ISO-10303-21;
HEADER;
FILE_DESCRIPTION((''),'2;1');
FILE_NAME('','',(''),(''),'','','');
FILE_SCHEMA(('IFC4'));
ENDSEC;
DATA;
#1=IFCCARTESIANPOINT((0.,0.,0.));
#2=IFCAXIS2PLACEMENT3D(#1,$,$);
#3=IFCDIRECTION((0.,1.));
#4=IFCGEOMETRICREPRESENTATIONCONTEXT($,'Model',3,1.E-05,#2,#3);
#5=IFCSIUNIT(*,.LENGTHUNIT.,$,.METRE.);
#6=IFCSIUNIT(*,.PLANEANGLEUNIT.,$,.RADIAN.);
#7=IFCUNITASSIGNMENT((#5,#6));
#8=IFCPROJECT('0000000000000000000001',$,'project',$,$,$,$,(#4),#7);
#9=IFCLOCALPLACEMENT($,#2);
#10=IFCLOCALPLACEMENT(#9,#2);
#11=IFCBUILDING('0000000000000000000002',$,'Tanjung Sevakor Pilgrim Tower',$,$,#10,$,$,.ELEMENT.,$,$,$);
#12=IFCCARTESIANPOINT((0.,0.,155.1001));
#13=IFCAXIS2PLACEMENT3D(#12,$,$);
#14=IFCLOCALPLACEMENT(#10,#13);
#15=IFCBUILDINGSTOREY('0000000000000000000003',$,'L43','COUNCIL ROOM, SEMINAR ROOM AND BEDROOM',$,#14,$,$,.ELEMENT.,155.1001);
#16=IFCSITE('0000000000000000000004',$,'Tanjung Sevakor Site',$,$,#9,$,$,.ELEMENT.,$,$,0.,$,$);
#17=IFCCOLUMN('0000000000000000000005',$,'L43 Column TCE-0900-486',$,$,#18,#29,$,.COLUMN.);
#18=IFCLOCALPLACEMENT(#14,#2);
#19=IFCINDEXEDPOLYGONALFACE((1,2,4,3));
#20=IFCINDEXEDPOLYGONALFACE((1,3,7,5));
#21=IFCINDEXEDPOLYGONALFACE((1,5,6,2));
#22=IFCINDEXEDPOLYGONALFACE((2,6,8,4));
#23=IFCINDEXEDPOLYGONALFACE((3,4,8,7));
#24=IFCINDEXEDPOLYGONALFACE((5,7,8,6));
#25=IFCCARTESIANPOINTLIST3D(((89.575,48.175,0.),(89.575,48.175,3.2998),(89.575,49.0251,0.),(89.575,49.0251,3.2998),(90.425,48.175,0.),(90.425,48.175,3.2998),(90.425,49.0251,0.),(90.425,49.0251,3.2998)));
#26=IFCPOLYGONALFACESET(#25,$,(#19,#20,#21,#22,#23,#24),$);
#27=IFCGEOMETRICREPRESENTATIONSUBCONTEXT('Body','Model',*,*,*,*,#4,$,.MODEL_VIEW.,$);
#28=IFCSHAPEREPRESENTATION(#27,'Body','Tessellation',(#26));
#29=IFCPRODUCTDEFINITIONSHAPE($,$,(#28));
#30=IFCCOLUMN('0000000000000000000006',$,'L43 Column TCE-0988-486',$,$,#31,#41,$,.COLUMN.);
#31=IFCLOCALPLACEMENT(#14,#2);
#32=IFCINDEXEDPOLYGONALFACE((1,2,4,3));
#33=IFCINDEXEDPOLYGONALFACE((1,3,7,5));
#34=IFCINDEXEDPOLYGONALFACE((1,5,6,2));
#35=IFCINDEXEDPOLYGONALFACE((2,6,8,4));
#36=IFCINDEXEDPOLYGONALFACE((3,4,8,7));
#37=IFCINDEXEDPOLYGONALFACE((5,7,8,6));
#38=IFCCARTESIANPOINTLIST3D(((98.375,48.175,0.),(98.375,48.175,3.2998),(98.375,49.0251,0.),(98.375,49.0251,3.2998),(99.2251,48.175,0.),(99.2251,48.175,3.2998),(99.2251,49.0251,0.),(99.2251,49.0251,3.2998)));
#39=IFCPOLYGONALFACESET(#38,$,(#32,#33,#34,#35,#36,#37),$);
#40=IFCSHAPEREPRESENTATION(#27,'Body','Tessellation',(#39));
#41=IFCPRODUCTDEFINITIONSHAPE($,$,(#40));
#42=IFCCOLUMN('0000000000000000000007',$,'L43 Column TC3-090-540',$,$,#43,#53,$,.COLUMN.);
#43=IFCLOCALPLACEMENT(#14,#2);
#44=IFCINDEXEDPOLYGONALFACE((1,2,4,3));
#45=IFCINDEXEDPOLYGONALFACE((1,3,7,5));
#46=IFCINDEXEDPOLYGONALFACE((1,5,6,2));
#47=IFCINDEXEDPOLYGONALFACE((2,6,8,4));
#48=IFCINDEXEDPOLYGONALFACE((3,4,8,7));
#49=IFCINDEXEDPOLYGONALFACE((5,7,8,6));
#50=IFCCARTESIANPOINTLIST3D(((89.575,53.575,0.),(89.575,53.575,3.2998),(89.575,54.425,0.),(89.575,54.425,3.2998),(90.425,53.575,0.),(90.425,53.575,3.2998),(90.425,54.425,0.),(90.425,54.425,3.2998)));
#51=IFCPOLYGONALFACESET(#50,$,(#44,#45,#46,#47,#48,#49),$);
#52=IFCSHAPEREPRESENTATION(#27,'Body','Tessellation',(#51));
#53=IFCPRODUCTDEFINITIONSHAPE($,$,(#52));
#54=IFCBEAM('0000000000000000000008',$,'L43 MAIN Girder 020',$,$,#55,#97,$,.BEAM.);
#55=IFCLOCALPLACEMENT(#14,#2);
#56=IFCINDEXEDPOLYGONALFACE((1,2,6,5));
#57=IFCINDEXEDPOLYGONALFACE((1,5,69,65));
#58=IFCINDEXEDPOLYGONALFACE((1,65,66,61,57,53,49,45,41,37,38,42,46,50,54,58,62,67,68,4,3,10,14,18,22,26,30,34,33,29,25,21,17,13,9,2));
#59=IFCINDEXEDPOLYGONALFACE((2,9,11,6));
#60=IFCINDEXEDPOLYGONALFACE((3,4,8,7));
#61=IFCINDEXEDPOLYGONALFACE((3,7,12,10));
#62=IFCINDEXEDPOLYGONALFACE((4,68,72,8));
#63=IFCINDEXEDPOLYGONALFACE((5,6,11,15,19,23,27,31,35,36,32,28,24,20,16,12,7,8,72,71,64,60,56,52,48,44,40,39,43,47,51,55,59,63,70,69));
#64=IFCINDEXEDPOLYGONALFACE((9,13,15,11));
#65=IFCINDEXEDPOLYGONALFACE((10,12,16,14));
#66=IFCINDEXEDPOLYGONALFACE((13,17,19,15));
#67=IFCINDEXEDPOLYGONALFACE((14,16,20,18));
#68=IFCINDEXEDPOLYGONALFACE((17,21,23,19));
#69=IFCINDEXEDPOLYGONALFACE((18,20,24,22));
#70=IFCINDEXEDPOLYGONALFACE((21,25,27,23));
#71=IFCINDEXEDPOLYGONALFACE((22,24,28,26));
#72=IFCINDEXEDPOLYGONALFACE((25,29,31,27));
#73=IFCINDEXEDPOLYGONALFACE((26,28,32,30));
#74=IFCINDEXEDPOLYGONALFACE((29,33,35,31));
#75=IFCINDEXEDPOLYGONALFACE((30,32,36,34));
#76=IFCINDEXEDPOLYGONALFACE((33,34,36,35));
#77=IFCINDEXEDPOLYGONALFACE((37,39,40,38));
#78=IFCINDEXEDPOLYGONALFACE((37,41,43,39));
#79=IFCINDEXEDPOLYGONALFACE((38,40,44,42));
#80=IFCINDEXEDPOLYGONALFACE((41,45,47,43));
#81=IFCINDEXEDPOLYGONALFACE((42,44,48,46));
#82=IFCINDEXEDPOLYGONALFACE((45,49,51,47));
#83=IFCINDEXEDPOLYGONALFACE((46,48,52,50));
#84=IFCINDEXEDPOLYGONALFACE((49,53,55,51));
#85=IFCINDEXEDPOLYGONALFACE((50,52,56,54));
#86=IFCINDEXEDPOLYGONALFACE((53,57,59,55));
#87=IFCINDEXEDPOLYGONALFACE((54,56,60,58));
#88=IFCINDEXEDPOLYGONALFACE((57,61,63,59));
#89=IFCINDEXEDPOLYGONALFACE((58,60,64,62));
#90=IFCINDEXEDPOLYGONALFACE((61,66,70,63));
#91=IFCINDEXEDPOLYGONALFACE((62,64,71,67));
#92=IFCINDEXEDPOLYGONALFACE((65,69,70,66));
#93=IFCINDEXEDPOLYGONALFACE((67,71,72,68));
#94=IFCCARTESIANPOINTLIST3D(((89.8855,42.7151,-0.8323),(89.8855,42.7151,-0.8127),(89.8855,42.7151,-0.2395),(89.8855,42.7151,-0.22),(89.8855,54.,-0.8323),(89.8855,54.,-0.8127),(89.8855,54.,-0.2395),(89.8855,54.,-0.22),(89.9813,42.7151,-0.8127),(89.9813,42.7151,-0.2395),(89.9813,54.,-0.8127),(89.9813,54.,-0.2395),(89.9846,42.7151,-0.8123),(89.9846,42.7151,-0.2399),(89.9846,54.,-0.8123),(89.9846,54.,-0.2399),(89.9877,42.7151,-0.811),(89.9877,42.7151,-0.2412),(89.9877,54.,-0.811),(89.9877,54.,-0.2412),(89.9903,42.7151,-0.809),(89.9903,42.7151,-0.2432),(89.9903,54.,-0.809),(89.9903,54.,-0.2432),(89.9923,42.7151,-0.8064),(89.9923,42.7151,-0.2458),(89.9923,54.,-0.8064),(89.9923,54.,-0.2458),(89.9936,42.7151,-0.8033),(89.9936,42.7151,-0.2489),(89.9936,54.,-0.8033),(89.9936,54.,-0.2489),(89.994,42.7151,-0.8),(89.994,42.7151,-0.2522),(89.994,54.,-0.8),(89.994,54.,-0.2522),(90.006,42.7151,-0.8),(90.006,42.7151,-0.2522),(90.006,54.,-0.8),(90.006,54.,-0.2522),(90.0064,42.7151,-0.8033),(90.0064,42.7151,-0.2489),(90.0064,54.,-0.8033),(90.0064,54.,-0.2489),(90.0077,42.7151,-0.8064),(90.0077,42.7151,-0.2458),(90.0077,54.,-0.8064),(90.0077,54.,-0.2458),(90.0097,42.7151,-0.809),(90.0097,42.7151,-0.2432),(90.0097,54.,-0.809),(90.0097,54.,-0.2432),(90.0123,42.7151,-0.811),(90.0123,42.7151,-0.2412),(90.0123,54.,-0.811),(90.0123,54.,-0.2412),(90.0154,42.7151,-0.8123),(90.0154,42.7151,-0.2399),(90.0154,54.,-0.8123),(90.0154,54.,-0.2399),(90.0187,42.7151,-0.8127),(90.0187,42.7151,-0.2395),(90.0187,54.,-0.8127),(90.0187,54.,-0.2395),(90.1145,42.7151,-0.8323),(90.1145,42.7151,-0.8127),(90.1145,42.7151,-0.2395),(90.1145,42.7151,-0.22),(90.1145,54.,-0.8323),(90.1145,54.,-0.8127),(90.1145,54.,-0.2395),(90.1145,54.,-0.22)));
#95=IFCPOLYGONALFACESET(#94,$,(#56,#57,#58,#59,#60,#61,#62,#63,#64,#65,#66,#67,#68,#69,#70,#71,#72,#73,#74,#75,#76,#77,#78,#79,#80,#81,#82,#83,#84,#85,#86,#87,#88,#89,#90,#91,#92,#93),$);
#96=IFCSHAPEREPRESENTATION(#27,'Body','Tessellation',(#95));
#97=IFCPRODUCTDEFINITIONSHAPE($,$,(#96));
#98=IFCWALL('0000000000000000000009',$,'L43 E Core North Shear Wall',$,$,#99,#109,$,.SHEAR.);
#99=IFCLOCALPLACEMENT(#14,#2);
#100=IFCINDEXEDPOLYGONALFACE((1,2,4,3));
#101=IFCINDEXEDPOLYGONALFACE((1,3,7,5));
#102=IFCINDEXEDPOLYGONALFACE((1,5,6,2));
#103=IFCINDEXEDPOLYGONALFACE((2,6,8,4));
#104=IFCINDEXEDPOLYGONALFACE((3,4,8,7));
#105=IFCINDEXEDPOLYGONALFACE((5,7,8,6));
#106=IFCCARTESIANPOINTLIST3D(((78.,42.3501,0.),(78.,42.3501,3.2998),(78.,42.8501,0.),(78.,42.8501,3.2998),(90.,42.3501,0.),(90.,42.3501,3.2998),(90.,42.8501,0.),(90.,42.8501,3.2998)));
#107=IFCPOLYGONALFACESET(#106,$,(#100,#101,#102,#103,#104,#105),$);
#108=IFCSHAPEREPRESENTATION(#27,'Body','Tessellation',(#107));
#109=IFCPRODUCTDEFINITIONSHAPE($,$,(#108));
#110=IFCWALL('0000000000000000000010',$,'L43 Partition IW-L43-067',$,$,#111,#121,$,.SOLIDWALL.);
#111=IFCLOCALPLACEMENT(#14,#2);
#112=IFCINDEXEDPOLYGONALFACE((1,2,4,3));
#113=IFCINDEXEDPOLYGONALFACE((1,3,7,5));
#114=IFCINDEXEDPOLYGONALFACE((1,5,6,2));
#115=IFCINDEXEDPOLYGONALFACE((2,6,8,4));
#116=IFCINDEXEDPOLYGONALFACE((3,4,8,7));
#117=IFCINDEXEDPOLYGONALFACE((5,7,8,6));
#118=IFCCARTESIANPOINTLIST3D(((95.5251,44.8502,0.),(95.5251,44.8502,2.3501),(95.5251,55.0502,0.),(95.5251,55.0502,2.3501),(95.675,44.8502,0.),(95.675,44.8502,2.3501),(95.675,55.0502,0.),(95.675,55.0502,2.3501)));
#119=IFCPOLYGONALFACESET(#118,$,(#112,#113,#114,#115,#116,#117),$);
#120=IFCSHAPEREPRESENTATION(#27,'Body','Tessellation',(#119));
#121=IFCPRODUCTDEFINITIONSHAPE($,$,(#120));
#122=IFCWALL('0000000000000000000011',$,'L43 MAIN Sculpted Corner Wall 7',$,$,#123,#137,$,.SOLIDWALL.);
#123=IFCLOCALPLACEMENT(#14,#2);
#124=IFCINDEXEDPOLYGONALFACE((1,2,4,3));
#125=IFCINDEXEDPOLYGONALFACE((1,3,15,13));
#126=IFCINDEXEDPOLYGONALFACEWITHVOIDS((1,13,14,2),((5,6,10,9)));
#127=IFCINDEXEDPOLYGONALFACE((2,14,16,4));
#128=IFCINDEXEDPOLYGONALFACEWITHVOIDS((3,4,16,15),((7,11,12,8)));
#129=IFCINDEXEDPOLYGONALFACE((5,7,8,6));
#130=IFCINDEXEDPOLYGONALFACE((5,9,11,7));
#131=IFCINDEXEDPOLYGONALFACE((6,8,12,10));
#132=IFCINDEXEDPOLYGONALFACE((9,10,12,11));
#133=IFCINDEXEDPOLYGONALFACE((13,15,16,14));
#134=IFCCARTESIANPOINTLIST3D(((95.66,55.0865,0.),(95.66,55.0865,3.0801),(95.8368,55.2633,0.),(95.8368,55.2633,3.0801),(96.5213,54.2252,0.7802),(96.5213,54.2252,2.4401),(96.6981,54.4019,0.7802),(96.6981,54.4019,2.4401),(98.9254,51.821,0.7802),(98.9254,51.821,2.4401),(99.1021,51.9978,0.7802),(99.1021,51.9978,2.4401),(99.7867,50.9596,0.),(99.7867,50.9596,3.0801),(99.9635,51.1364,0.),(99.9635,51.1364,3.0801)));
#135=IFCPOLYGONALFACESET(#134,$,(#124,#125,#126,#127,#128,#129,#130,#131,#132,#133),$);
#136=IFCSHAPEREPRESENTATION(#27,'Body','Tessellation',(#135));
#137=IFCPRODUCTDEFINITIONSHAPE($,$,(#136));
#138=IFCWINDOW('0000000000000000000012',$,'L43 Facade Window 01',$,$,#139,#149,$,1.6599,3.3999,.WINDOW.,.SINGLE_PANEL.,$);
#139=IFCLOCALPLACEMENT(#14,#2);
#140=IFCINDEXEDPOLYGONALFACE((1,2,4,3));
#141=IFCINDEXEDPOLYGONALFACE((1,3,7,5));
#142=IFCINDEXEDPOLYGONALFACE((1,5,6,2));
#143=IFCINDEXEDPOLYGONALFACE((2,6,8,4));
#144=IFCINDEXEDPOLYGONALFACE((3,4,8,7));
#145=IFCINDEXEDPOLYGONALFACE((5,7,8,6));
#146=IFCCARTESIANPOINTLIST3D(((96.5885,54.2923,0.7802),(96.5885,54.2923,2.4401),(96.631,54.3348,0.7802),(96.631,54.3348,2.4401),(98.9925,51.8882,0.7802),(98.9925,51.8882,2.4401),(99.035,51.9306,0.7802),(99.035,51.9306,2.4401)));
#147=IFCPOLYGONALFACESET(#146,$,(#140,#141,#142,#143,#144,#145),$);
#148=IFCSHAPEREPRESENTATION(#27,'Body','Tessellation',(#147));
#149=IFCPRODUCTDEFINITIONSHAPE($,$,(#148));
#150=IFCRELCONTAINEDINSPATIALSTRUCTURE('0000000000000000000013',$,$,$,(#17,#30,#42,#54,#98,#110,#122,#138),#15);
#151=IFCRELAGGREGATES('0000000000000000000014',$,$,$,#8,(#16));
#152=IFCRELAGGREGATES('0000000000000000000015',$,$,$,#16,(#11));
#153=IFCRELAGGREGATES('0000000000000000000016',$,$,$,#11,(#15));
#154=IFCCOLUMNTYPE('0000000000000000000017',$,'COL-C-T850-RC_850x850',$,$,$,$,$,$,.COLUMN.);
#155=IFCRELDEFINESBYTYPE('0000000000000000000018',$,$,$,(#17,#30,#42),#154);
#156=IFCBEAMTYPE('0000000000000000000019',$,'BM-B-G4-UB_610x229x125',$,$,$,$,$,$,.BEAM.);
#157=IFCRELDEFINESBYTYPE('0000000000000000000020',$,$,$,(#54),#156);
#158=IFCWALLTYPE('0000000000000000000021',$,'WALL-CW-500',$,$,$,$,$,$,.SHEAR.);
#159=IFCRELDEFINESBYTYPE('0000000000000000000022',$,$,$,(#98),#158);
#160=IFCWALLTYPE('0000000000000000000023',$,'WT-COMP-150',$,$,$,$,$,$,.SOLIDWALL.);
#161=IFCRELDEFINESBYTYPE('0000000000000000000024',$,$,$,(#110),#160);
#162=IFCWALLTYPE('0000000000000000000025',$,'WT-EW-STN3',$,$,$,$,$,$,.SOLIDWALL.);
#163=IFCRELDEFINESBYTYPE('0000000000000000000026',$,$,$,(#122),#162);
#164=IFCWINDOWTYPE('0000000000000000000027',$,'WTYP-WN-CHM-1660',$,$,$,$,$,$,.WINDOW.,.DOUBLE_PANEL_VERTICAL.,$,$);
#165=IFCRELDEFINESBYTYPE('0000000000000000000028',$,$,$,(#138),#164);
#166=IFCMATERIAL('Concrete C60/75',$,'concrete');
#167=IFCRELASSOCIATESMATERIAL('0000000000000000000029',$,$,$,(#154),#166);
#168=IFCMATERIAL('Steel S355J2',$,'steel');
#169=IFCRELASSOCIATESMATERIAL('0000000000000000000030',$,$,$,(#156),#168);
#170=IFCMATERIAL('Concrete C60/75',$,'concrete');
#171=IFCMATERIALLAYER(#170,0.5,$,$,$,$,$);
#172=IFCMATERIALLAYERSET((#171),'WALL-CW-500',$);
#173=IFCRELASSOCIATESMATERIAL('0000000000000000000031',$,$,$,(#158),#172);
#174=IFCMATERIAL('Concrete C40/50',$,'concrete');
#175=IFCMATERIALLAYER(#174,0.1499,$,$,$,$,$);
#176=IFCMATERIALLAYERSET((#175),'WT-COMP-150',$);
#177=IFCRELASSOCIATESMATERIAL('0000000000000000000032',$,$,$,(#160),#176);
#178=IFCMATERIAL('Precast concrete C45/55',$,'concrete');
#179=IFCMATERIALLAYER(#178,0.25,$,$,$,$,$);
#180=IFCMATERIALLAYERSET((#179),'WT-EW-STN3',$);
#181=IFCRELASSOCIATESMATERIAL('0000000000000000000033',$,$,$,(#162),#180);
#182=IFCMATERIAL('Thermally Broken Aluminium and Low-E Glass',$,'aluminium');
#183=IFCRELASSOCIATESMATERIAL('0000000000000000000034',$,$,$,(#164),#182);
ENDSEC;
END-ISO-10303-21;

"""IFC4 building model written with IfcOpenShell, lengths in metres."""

from ifc_helpers import new_model, si_unit, direction, frame, frame_2d, origin, origin_2d, place, context, subcontext, project, spatial, rectangle, i_section, extrude, material, layer, layer_set, material_profile, profile_set, type_object, element, fill, save


model = new_model("IFC4")

# Units and contexts
model_context = context("Model", 3, precision=1e-05, world=origin(), true_north=direction((0.0, 1.0)))
body_context = subcontext(model_context, "Body", "Model", "MODEL_VIEW")
ifc_project = project(units=[si_unit("LENGTHUNIT", "METRE"), si_unit("PLANEANGLEUNIT", "RADIAN")], contexts=[model_context])

# Site, building, storey
site_placement = place(None, origin())
site = spatial("IfcSite", under=ifc_project, at=site_placement, Name="Tanjung Sevakor Site", CompositionType="ELEMENT", RefElevation=0.0)
building_placement = place(site_placement, origin())
building = spatial("IfcBuilding", under=site, at=building_placement, Name="Tanjung Sevakor Pilgrim Tower", CompositionType="ELEMENT")
storey_placement = place(building_placement, frame((0.0, 0.0, 155.1001)))
storey = spatial("IfcBuildingStorey", under=building, at=storey_placement, Name="L43", Description="COUNCIL ROOM, SEMINAR ROOM AND BEDROOM", CompositionType="ELEMENT", Elevation=155.1001)

# Columns
ifc_material_1 = material(Name="Concrete C60/75", Category="concrete")
ifc_material_profile_1 = material_profile(ifc_material_1, rectangle(XDim=0.8501, YDim=0.8501, at=origin_2d()))
ifc_profile_set_1 = profile_set([ifc_material_profile_1], Name="Concrete C60/75")
column_type = type_object("IfcColumnType", Name="COL-C-T850-RC_850x850", PredefinedType="COLUMN", material=ifc_profile_set_1)
for number, where, z_axis, x_axis, name in (
    (1, (90.0, 48.6001, 0.0), (0.0, 0.0, 1.0), (1.0, 0.0, 0.0), "L43 Column TCE-0900-486"),
    (2, (98.8, 48.6001, 0.0), (0.0, 0.0, 1.0), (1.0, 0.0, 0.0), "L43 Column TCE-0988-486"),
    (3, (90.0, 54.0, 0.0), (0.0, 0.0, 1.0), (1.0, 0.0, 0.0), "L43 Column TC3-090-540"),
):
    element("IfcColumn", number, at=place(storey_placement, frame(where, z_axis=z_axis, x_axis=x_axis)), inside=storey, type_object=column_type, Name=name, PredefinedType="COLUMN", context=body_context, shape_type="SweptSolid", body=[
        extrude(rectangle(XDim=0.8501, YDim=0.8501, at=origin_2d()), origin(), (0.0, 0.0, 1.0), 3.2998),
    ])

# Beam
ifc_material_2 = material(Name="Steel S355J2", Category="steel")
ifc_material_profile_2 = material_profile(ifc_material_2, i_section(OverallWidth=0.229, OverallDepth=0.6123, WebThickness=0.012, FlangeThickness=0.0195, FilletRadius=0.0127, at=origin_2d()))
ifc_profile_set_2 = profile_set([ifc_material_profile_2], Name="Steel S355J2")
beam_type = type_object("IfcBeamType", Name="BM-B-G4-UB_610x229x125", PredefinedType="BEAM", material=ifc_profile_set_2)
beam_placement = place(storey_placement, frame((90.0, 42.7151, -0.5261), z_axis=(0.0, 1.0, 0.0), x_axis=(-1.0, 0.0, 0.0)))
element("IfcBeam", 4, at=beam_placement, inside=storey, type_object=beam_type, Name="L43 MAIN Girder 020", PredefinedType="BEAM", context=body_context, shape_type="SweptSolid", body=[
    extrude(i_section(OverallWidth=0.229, OverallDepth=0.6123, WebThickness=0.012, FlangeThickness=0.0195, FilletRadius=0.0127, at=origin_2d()), origin(), (0.0, 0.0, 1.0), 11.2849),
])

# Walls
ifc_material_3 = material(Name="Concrete C60/75", Category="concrete")
ifc_layer_1 = layer(ifc_material_3, 0.5)
ifc_layer_set_1 = layer_set([ifc_layer_1], Name="WALL-CW-500")
wall_type_1 = type_object("IfcWallType", Name="WALL-CW-500", PredefinedType="SHEAR", material=ifc_layer_set_1)
wall_1_placement = place(storey_placement, frame((90.0, 42.6001, 0.0), z_axis=(0.0, 0.0, 1.0), x_axis=(-1.0, 0.0, 0.0)))
element("IfcWall", 5, at=wall_1_placement, inside=storey, type_object=wall_type_1, Name="L43 E Core North Shear Wall", PredefinedType="SHEAR", context=body_context, shape_type="SweptSolid", body=[
    extrude(rectangle(XDim=12.0, YDim=0.5, at=frame_2d((6.0, 0.0))), origin(), (0.0, 0.0, 1.0), 3.2998),
])
ifc_material_4 = material(Name="Concrete C40/50", Category="concrete")
ifc_layer_2 = layer(ifc_material_4, 0.1499)
ifc_layer_set_2 = layer_set([ifc_layer_2], Name="WT-COMP-150")
wall_type_2 = type_object("IfcWallType", Name="WT-COMP-150", PredefinedType="SOLIDWALL", material=ifc_layer_set_2)
wall_2_placement = place(storey_placement, frame((95.6001, 44.8501, 0.0), z_axis=(0.0, 0.0, 1.0), x_axis=(0.0, 1.0, 0.0)))
element("IfcWall", 6, at=wall_2_placement, inside=storey, type_object=wall_type_2, Name="L43 Partition IW-L43-067", PredefinedType="SOLIDWALL", context=body_context, shape_type="SweptSolid", body=[
    extrude(rectangle(XDim=10.2, YDim=0.1499, at=frame_2d((5.1001, 0.0))), origin(), (0.0, 0.0, 1.0), 2.3501),
])

# Wall, opening, window
ifc_material_5 = material(Name="Precast concrete C45/55", Category="concrete")
ifc_layer_3 = layer(ifc_material_5, 0.25)
ifc_layer_set_3 = layer_set([ifc_layer_3], Name="WT-EW-STN3")
wall_type_3 = type_object("IfcWallType", Name="WT-EW-STN3", PredefinedType="SOLIDWALL", material=ifc_layer_set_3)
wall_3_placement = place(storey_placement, frame((99.875, 51.0481, 0.0), z_axis=(0.0, 0.0, 1.0), x_axis=(-0.707086, 0.707128, 0.0)))
wall_3 = element("IfcWall", 7, at=wall_3_placement, inside=storey, type_object=wall_type_3, Name="L43 MAIN Sculpted Corner Wall 7", PredefinedType="SOLIDWALL", context=body_context, shape_type="SweptSolid", body=[
    extrude(rectangle(XDim=5.8362, YDim=0.25, at=frame_2d((2.918, 0.0))), origin(), (0.0, 0.0, 1.0), 3.0801),
])
opening_1_placement = place(wall_3_placement, frame((1.218, 0.0, 0.78)))
opening_1 = element("IfcOpeningElement", 8, at=opening_1_placement, cuts=wall_3, PredefinedType="OPENING", context=body_context, shape_type="SweptSolid", body=[
    extrude(rectangle(XDim=3.3999, YDim=1.6599, at=frame_2d((1.7, 0.8301))), frame((0.0, 0.135, 0.0), z_axis=(0.0, -1.0, 0.0), x_axis=(1.0, 0.0, 0.0)), (0.0, 0.0, 1.0), 0.27),
])
ifc_material_6 = material(Name="Thermally Broken Aluminium and Low-E Glass", Category="aluminium")
window_type_1 = type_object("IfcWindowType", Name="WTYP-WN-CHM-1660", PartitioningType="DOUBLE_PANEL_VERTICAL", PredefinedType="WINDOW", material=ifc_material_6)
window_1_placement = place(opening_1_placement, origin())
window_1 = element("IfcWindow", 9, at=window_1_placement, inside=storey, type_object=window_type_1, Name="L43 Facade Window 01", OverallHeight=1.6599, OverallWidth=3.3999, PartitioningType="SINGLE_PANEL", PredefinedType="WINDOW", context=body_context, shape_type="SweptSolid", body=[
    extrude(rectangle(XDim=3.3999, YDim=1.6599, at=frame_2d((1.7, 0.8301))), frame((0.0, 0.03, 0.0), z_axis=(0.0, -1.0, 0.0), x_axis=(1.0, 0.0, 0.0)), (0.0, 0.0, 1.0), 0.0601),
])
fill(opening_1, window_1)

save(model, "model.ifc")
